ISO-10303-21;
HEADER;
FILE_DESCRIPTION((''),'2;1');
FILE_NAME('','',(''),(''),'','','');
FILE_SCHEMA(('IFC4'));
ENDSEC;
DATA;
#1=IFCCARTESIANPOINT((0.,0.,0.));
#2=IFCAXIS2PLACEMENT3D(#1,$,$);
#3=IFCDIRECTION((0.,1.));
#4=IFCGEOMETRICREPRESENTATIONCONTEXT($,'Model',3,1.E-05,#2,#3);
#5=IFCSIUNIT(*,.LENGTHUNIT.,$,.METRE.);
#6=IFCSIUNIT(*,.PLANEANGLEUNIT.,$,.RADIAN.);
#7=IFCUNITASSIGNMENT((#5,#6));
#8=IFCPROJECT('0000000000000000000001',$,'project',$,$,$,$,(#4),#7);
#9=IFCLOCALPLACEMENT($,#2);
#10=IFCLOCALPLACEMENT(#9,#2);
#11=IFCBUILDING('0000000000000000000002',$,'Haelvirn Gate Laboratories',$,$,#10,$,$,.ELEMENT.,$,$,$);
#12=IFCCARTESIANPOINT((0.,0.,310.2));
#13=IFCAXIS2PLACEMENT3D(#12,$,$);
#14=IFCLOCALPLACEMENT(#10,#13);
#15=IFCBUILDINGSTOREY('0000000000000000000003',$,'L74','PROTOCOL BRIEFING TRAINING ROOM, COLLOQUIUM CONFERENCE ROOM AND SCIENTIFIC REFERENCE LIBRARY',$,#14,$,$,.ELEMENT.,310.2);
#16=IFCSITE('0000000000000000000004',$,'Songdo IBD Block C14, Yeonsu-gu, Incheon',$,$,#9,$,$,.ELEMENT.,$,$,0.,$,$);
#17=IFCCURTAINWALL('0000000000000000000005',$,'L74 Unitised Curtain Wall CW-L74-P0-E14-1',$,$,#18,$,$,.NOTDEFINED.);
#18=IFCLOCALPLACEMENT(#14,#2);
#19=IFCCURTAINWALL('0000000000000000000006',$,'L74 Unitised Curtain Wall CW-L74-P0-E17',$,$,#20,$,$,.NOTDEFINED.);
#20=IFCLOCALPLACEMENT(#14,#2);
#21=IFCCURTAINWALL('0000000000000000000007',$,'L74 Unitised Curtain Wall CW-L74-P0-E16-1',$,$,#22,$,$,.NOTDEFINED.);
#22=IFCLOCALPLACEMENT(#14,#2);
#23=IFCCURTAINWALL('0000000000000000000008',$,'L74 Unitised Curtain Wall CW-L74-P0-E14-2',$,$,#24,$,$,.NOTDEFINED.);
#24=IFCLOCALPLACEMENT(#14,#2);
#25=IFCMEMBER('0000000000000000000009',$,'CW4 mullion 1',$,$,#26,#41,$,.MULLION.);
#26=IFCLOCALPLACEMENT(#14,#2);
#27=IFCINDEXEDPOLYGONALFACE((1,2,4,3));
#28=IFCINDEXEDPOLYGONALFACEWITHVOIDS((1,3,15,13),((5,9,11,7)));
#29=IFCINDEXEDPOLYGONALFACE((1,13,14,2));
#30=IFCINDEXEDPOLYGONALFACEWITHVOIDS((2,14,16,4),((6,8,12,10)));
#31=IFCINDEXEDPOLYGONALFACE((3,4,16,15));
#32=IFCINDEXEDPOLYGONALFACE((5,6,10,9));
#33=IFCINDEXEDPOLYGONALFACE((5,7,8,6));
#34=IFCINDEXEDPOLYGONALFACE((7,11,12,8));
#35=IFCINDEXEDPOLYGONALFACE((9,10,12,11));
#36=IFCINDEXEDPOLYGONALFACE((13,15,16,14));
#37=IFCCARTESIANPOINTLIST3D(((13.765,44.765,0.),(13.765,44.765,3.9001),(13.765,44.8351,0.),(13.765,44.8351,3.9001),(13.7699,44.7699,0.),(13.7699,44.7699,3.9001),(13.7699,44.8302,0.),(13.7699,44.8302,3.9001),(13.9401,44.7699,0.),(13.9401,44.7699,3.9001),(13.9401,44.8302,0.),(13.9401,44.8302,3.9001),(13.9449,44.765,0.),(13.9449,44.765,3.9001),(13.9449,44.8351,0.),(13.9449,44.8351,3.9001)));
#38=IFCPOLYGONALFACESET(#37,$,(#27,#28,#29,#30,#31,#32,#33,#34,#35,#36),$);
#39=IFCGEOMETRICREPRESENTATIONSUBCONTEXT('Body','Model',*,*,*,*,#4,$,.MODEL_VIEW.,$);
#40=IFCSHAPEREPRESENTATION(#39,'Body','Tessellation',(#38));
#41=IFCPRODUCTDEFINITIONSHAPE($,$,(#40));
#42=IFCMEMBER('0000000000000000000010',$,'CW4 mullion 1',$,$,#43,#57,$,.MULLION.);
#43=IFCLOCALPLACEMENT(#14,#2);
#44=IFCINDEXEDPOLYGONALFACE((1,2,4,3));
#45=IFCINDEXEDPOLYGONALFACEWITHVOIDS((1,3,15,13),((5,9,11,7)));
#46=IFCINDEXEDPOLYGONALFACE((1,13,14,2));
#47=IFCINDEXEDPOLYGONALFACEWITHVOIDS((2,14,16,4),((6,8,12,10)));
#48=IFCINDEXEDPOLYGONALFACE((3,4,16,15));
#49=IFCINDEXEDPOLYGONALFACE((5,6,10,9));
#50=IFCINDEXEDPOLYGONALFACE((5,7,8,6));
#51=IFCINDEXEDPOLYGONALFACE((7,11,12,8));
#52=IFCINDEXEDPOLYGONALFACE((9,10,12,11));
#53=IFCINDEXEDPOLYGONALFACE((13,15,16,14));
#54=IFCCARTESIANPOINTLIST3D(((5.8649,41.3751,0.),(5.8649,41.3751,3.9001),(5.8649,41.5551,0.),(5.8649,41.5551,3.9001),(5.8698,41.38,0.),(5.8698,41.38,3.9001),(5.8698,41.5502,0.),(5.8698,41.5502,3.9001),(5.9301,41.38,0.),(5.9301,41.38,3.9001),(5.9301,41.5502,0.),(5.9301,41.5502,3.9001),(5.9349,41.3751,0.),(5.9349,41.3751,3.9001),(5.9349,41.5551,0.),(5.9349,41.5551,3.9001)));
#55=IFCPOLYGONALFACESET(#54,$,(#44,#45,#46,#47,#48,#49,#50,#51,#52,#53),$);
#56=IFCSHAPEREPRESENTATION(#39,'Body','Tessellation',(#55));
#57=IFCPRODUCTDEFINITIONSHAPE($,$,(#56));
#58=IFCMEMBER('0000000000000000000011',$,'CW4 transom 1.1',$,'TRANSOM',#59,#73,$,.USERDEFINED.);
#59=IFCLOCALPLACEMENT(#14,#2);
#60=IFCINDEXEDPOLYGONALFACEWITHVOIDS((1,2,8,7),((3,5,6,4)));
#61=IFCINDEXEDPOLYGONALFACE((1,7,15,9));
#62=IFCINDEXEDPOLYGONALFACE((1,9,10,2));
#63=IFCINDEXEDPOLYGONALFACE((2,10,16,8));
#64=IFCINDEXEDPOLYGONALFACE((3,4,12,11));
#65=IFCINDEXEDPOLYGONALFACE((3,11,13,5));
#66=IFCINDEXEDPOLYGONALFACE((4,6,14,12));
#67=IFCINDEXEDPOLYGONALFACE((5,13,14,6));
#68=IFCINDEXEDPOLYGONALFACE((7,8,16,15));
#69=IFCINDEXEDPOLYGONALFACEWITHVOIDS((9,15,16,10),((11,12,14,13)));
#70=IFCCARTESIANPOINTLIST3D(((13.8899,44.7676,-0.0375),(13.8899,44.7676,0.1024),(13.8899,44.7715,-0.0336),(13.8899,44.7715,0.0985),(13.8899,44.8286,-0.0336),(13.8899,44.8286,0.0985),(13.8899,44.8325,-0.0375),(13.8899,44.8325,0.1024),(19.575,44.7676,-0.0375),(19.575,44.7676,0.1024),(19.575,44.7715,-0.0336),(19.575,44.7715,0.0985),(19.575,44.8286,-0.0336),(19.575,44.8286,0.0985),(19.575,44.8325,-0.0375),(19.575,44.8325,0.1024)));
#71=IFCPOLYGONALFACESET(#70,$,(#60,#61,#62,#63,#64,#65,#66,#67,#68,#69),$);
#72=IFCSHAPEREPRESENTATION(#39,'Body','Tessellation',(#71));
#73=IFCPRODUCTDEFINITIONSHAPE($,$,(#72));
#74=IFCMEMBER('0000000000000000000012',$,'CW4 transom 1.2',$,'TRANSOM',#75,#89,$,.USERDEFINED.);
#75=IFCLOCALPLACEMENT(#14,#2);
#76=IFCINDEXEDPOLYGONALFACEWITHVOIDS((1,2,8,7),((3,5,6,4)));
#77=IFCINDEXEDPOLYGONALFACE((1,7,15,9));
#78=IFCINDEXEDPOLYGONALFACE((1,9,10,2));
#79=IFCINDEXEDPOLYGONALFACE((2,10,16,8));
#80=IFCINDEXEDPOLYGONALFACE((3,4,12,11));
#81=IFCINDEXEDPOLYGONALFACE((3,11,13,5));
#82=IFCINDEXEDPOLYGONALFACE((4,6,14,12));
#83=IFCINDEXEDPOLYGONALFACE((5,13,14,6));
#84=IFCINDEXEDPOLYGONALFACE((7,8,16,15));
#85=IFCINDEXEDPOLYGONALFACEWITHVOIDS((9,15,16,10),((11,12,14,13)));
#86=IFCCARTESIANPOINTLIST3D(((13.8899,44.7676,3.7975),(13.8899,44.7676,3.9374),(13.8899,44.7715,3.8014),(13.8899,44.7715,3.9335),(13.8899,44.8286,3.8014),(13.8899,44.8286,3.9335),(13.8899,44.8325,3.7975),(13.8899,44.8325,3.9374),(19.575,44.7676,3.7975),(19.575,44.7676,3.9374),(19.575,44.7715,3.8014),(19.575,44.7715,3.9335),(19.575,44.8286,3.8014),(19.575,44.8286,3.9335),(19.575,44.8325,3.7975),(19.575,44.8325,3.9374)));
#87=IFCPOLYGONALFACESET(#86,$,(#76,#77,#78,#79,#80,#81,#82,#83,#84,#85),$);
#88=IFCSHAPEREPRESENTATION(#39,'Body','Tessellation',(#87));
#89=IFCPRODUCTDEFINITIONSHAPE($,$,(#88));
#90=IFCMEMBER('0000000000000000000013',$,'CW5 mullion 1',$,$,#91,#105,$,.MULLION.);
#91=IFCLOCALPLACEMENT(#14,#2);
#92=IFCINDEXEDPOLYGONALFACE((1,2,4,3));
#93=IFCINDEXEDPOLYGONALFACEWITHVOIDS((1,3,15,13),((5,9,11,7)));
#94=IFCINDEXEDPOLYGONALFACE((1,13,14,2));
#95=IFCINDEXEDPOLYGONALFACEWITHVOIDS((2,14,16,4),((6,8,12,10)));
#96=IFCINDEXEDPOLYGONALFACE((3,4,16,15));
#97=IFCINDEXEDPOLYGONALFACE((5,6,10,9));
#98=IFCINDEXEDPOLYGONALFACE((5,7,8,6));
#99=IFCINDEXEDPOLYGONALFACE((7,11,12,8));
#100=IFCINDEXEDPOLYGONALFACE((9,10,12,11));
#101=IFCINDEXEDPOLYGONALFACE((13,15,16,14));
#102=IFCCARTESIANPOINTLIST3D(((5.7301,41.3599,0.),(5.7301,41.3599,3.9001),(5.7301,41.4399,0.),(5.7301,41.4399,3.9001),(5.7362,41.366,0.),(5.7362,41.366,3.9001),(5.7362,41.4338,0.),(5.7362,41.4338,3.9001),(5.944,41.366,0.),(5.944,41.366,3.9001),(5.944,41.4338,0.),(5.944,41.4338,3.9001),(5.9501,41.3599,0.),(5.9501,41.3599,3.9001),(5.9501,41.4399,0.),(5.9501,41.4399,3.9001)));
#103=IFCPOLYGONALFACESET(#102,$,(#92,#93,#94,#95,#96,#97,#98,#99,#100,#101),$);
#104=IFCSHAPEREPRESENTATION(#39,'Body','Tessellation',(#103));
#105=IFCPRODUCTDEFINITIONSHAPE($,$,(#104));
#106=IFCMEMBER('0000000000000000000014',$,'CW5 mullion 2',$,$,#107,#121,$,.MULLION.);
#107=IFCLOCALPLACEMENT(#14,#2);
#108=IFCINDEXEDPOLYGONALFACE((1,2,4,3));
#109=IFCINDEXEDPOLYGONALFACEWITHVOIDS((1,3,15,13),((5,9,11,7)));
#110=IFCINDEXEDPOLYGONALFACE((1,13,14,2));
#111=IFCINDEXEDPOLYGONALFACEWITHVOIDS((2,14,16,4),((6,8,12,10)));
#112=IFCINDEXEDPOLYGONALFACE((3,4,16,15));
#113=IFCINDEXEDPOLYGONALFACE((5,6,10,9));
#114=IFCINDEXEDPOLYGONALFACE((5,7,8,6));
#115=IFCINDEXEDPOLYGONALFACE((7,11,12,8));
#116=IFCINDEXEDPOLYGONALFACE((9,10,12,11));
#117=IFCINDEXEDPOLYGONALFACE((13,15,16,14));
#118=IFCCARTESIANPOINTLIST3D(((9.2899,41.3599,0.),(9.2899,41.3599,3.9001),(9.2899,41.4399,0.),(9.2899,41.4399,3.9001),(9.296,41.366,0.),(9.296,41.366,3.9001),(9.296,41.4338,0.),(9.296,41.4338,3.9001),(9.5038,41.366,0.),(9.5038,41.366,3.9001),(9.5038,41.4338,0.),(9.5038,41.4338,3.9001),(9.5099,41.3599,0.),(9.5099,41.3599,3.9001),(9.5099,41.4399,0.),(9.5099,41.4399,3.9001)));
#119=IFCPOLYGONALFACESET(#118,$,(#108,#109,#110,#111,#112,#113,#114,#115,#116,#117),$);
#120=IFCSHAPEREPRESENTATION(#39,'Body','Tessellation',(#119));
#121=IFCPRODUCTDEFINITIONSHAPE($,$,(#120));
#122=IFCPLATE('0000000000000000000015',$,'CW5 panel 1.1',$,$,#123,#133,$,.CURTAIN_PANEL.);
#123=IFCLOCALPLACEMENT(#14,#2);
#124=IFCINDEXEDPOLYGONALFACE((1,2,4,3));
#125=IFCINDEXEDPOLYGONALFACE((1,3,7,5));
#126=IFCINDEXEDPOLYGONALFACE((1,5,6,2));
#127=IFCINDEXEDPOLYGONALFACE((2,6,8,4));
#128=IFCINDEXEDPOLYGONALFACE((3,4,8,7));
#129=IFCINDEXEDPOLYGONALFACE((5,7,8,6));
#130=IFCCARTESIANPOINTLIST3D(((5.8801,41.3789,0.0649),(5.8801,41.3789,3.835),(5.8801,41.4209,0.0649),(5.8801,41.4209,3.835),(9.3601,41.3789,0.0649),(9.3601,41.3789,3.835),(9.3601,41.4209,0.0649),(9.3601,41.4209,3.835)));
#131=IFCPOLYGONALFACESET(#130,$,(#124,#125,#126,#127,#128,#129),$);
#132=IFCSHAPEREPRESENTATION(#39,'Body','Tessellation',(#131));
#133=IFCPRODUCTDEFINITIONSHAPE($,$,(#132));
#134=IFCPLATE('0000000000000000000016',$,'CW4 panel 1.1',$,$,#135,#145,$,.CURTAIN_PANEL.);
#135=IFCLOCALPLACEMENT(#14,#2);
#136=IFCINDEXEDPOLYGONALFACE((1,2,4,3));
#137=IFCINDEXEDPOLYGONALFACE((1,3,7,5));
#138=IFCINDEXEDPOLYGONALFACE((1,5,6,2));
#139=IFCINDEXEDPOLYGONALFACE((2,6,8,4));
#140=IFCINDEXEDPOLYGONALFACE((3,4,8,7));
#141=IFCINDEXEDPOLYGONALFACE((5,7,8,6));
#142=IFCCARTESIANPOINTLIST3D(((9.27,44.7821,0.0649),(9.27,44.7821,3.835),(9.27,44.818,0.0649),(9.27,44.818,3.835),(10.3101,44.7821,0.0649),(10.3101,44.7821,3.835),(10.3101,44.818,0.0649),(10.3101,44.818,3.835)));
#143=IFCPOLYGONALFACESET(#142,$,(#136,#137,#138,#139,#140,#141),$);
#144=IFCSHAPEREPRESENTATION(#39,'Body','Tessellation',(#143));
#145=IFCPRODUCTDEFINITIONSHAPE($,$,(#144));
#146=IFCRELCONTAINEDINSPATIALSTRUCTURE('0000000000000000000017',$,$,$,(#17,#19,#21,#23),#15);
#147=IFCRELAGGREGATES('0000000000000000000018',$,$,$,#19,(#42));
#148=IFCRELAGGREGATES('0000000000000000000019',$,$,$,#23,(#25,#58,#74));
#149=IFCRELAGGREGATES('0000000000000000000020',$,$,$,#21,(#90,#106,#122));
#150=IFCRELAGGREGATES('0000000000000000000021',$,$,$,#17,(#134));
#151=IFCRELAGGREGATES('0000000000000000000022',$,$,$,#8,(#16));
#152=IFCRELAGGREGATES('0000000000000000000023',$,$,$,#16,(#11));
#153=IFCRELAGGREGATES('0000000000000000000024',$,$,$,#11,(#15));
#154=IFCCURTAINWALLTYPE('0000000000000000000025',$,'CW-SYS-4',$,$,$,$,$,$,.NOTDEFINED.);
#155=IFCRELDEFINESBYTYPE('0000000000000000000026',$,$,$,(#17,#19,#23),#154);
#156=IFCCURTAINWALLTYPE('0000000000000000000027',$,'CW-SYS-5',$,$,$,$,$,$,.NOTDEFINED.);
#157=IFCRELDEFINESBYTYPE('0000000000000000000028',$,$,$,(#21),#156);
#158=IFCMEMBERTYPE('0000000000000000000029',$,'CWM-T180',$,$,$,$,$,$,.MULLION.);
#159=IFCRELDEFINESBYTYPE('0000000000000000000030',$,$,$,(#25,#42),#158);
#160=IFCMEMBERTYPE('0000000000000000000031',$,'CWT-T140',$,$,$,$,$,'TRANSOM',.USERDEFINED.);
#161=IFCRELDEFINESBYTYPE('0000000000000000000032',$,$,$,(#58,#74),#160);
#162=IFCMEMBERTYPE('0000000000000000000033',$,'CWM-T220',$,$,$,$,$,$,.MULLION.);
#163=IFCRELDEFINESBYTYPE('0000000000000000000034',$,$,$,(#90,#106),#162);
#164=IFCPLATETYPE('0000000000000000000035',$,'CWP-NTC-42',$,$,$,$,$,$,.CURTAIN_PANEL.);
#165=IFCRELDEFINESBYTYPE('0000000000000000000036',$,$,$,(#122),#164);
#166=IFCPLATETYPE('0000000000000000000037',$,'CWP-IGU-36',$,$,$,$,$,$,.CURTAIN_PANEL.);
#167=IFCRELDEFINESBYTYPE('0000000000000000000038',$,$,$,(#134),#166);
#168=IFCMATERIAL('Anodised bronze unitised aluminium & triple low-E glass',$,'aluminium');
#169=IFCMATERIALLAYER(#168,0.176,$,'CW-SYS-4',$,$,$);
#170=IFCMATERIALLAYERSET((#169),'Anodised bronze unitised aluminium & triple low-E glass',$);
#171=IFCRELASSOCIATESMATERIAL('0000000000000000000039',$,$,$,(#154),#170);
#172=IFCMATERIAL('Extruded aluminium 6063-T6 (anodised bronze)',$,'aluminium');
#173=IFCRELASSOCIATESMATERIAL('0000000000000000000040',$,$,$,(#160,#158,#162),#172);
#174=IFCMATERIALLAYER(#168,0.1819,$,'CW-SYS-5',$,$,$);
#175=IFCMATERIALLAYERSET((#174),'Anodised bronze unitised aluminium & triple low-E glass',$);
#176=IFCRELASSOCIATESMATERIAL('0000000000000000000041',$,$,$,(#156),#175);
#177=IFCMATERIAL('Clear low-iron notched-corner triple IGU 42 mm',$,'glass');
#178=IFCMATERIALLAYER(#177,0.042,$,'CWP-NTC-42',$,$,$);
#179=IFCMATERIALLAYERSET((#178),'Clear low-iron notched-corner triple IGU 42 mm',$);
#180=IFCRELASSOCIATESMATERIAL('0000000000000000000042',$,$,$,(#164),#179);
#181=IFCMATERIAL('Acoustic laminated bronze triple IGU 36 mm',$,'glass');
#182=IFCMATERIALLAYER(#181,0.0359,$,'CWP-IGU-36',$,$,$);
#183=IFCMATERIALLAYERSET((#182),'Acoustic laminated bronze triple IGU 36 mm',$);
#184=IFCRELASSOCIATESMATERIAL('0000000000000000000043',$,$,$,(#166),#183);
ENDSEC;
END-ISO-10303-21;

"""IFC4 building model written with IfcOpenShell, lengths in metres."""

from ifc_helpers import new_model, si_unit, direction, frame, origin, origin_2d, place, context, subcontext, project, spatial, rectangle, hollow_rectangle, extrude, source, transform, mapped, material, layer, layer_set, material_profile, profile_set, type_object, type_shapes, element, aggregate, save


model = new_model("IFC4")

# Units and contexts
model_context = context("Model", 3, precision=1e-05, world=origin(), true_north=direction((0.0, 1.0)))
body_context = subcontext(model_context, "Body", "Model", "MODEL_VIEW")
ifc_project = project(units=[si_unit("LENGTHUNIT", "METRE"), si_unit("PLANEANGLEUNIT", "RADIAN")], contexts=[model_context])

# Site, building, storey
site_placement = place(None, origin())
site = spatial("IfcSite", under=ifc_project, at=site_placement, Name="Songdo IBD Block C14, Yeonsu-gu, Incheon", CompositionType="ELEMENT", RefElevation=0.0)
building_placement = place(site_placement, origin())
building = spatial("IfcBuilding", under=site, at=building_placement, Name="Haelvirn Gate Laboratories", CompositionType="ELEMENT")
storey_placement = place(building_placement, frame((0.0, 0.0, 310.2)))
storey = spatial("IfcBuildingStorey", under=building, at=storey_placement, Name="L74", Description="PROTOCOL BRIEFING TRAINING ROOM, COLLOQUIUM CONFERENCE ROOM AND SCIENTIFIC REFERENCE LIBRARY", CompositionType="ELEMENT", Elevation=310.2)

# Curtain walls
ifc_material_1 = material(Name="Anodised bronze unitised aluminium & triple low-E glass", Category="aluminium")
ifc_layer_1 = layer(ifc_material_1, 0.176, Name="CW-SYS-4")
ifc_layer_set_1 = layer_set([ifc_layer_1], Name="Anodised bronze unitised aluminium & triple low-E glass")
curtain_wall_type_1 = type_object("IfcCurtainWallType", Name="CW-SYS-4", PredefinedType="NOTDEFINED", material=ifc_layer_set_1)
curtain_wall_1_placement = place(storey_placement, origin())
curtain_wall_1 = element("IfcCurtainWall", 1, at=curtain_wall_1_placement, inside=storey, type_object=curtain_wall_type_1, Name="L74 Unitised Curtain Wall CW-L74-P0-E14-1", PredefinedType="NOTDEFINED")
ifc_material_2 = material(Name="Extruded aluminium 6063-T6 (anodised bronze)", Category="aluminium")
ifc_material_profile_1 = material_profile(ifc_material_2, hollow_rectangle(XDim=0.0649, YDim=0.1399, WallThickness=0.0039, at=origin_2d()), Name="CWT-140x65x4")
ifc_profile_set_1 = profile_set([ifc_material_profile_1], Name="Extruded aluminium 6063-T6 (anodised bronze)")
member_type_1 = type_object("IfcMemberType", Name="CWT-T140", ElementType="TRANSOM", PredefinedType="USERDEFINED", material=ifc_profile_set_1)
curtain_wall_2_placement = place(storey_placement, origin())
curtain_wall_2 = element("IfcCurtainWall", 2, at=curtain_wall_2_placement, inside=storey, type_object=curtain_wall_type_1, Name="L74 Unitised Curtain Wall CW-L74-P0-E17", PredefinedType="NOTDEFINED")
ifc_layer_2 = layer(ifc_material_1, 0.1819, Name="CW-SYS-5")
ifc_layer_set_2 = layer_set([ifc_layer_2], Name="Anodised bronze unitised aluminium & triple low-E glass")
curtain_wall_type_2 = type_object("IfcCurtainWallType", Name="CW-SYS-5", PredefinedType="NOTDEFINED", material=ifc_layer_set_2)
curtain_wall_3_placement = place(storey_placement, origin())
curtain_wall_3 = element("IfcCurtainWall", 3, at=curtain_wall_3_placement, inside=storey, type_object=curtain_wall_type_2, Name="L74 Unitised Curtain Wall CW-L74-P0-E16-1", PredefinedType="NOTDEFINED")

# Shared definitions
ifc_material_profile_2 = material_profile(ifc_material_2, hollow_rectangle(XDim=0.0701, YDim=0.1799, WallThickness=0.0049, at=origin_2d()), Name="CWM-180x70x5")
ifc_profile_set_2 = profile_set([ifc_material_profile_2], Name="Extruded aluminium 6063-T6 (anodised bronze)")
member_type_2 = type_object("IfcMemberType", Name="CWM-T180", PredefinedType="MULLION", material=ifc_profile_set_2)
shared_shape_1 = source(origin(), body_context, "Body", "SweptSolid", [
    extrude(hollow_rectangle(XDim=0.0701, YDim=0.1799, WallThickness=0.0049, at=origin_2d()), origin(), (0.0, 0.0, 1.0), 3.9001),
])
type_shapes(member_type_2, [shared_shape_1])

# Curtain wall, member
curtain_wall_4_placement = place(storey_placement, origin())
curtain_wall_4 = element("IfcCurtainWall", 4, at=curtain_wall_4_placement, inside=storey, type_object=curtain_wall_type_1, Name="L74 Unitised Curtain Wall CW-L74-P0-E14-2", PredefinedType="NOTDEFINED")
member_1_placement = place(storey_placement, frame((13.855, 44.8, 0.0), z_axis=(0.0, 0.0, 1.0), x_axis=(0.0, 1.0, 0.0)))
member_1 = element("IfcMember", 5, at=member_1_placement, type_object=member_type_2, Name="CW4 mullion 1", PredefinedType="MULLION", context=body_context, shape_type="MappedRepresentation", body=[
    mapped(shared_shape_1, transform((0.0, 0.0, 0.0), scale=1.0)),
])

# Members
member_2_placement = place(storey_placement, frame((5.8999, 41.4651, 0.0), z_axis=(0.0, 0.0, 1.0), x_axis=(1.0, 0.0, 0.0)))
member_2 = element("IfcMember", 6, at=member_2_placement, type_object=member_type_2, Name="CW4 mullion 1", PredefinedType="MULLION", context=body_context, shape_type="MappedRepresentation", body=[
    mapped(shared_shape_1, transform((0.0, 0.0, 0.0), scale=1.0)),
])
aggregate(curtain_wall_2, [member_2])
shared_shape_2 = source(origin(), body_context, "Body", "SweptSolid", [
    extrude(hollow_rectangle(XDim=0.0649, YDim=0.1399, WallThickness=0.0039, at=origin_2d()), origin(), (0.0, 0.0, 1.0), 5.6851),
])
member_3_placement = place(storey_placement, frame((13.8899, 44.8, 0.0325), z_axis=(1.0, 0.0, 0.0), x_axis=(0.0, 1.0, 0.0)))
member_3 = element("IfcMember", 7, at=member_3_placement, type_object=member_type_1, Name="CW4 transom 1.1", ObjectType="TRANSOM", PredefinedType="USERDEFINED", context=body_context, shape_type="MappedRepresentation", body=[
    mapped(shared_shape_2, transform((0.0, 0.0, 0.0), scale=1.0)),
])
member_4_placement = place(storey_placement, frame((13.8899, 44.8, 3.8674), z_axis=(1.0, 0.0, 0.0), x_axis=(0.0, 1.0, 0.0)))
member_4 = element("IfcMember", 8, at=member_4_placement, type_object=member_type_1, Name="CW4 transom 1.2", ObjectType="TRANSOM", PredefinedType="USERDEFINED", context=body_context, shape_type="MappedRepresentation", body=[
    mapped(shared_shape_2, transform((0.0, 0.0, 0.0), scale=1.0)),
])
aggregate(curtain_wall_4, [member_1, member_3, member_4])
ifc_material_profile_3 = material_profile(ifc_material_2, hollow_rectangle(XDim=0.0801, YDim=0.22, WallThickness=0.0061, at=origin_2d()), Name="CWM-220x80x6")
ifc_profile_set_3 = profile_set([ifc_material_profile_3], Name="Extruded aluminium 6063-T6 (anodised bronze)")
member_type_3 = type_object("IfcMemberType", Name="CWM-T220", PredefinedType="MULLION", material=ifc_profile_set_3)
shared_shape_3 = source(origin(), body_context, "Body", "SweptSolid", [
    extrude(hollow_rectangle(XDim=0.0801, YDim=0.22, WallThickness=0.0061, at=origin_2d()), origin(), (0.0, 0.0, 1.0), 3.9001),
])
type_shapes(member_type_3, [shared_shape_3])
member_5_placement = place(storey_placement, frame((5.8401, 41.3999, 0.0), z_axis=(0.0, 0.0, 1.0), x_axis=(0.0, 1.0, 0.0)))
member_5 = element("IfcMember", 9, at=member_5_placement, type_object=member_type_3, Name="CW5 mullion 1", PredefinedType="MULLION", context=body_context, shape_type="MappedRepresentation", body=[
    mapped(shared_shape_3, transform((0.0, 0.0, 0.0), scale=1.0)),
])
member_6_placement = place(storey_placement, frame((9.3999, 41.3999, 0.0), z_axis=(0.0, 0.0, 1.0), x_axis=(0.0, 1.0, 0.0)))
member_6 = element("IfcMember", 10, at=member_6_placement, type_object=member_type_3, Name="CW5 mullion 2", PredefinedType="MULLION", context=body_context, shape_type="MappedRepresentation", body=[
    mapped(shared_shape_3, transform((0.0, 0.0, 0.0), scale=1.0)),
])

# Plates
ifc_material_3 = material(Name="Clear low-iron notched-corner triple IGU 42 mm", Category="glass")
ifc_layer_3 = layer(ifc_material_3, 0.042, Name="CWP-NTC-42")
ifc_layer_set_3 = layer_set([ifc_layer_3], Name="Clear low-iron notched-corner triple IGU 42 mm")
plate_type_1 = type_object("IfcPlateType", Name="CWP-NTC-42", PredefinedType="CURTAIN_PANEL", material=ifc_layer_set_3)
shared_shape_4 = source(origin(), body_context, "Body", "SweptSolid", [
    extrude(rectangle(XDim=3.48, YDim=0.042, at=origin_2d()), origin(), (0.0, 0.0, 1.0), 3.77),
])
type_shapes(plate_type_1, [shared_shape_4])
plate_1_placement = place(storey_placement, frame((7.6201, 41.3999, 0.0649), z_axis=(0.0, 0.0, 1.0), x_axis=(1.0, 0.0, 0.0)))
plate_1 = element("IfcPlate", 11, at=plate_1_placement, type_object=plate_type_1, Name="CW5 panel 1.1", PredefinedType="CURTAIN_PANEL", context=body_context, shape_type="MappedRepresentation", body=[
    mapped(shared_shape_4, transform((0.0, 0.0, 0.0), scale=1.0)),
])
aggregate(curtain_wall_3, [member_5, member_6, plate_1])
ifc_material_4 = material(Name="Acoustic laminated bronze triple IGU 36 mm", Category="glass")
ifc_layer_4 = layer(ifc_material_4, 0.0359, Name="CWP-IGU-36")
ifc_layer_set_4 = layer_set([ifc_layer_4], Name="Acoustic laminated bronze triple IGU 36 mm")
plate_type_2 = type_object("IfcPlateType", Name="CWP-IGU-36", PredefinedType="CURTAIN_PANEL", material=ifc_layer_set_4)
shared_shape_5 = source(origin(), body_context, "Body", "SweptSolid", [
    extrude(rectangle(XDim=1.04, YDim=0.0359, at=origin_2d()), origin(), (0.0, 0.0, 1.0), 3.77),
])
type_shapes(plate_type_2, [shared_shape_5])
plate_2_placement = place(storey_placement, frame((9.79, 44.8, 0.0649), z_axis=(0.0, 0.0, 1.0), x_axis=(1.0, 0.0, 0.0)))
plate_2 = element("IfcPlate", 12, at=plate_2_placement, type_object=plate_type_2, Name="CW4 panel 1.1", PredefinedType="CURTAIN_PANEL", context=body_context, shape_type="MappedRepresentation", body=[
    mapped(shared_shape_5, transform((0.0, 0.0, 0.0), scale=1.0)),
])
aggregate(curtain_wall_1, [plate_2])

save(model, "model.ifc")
